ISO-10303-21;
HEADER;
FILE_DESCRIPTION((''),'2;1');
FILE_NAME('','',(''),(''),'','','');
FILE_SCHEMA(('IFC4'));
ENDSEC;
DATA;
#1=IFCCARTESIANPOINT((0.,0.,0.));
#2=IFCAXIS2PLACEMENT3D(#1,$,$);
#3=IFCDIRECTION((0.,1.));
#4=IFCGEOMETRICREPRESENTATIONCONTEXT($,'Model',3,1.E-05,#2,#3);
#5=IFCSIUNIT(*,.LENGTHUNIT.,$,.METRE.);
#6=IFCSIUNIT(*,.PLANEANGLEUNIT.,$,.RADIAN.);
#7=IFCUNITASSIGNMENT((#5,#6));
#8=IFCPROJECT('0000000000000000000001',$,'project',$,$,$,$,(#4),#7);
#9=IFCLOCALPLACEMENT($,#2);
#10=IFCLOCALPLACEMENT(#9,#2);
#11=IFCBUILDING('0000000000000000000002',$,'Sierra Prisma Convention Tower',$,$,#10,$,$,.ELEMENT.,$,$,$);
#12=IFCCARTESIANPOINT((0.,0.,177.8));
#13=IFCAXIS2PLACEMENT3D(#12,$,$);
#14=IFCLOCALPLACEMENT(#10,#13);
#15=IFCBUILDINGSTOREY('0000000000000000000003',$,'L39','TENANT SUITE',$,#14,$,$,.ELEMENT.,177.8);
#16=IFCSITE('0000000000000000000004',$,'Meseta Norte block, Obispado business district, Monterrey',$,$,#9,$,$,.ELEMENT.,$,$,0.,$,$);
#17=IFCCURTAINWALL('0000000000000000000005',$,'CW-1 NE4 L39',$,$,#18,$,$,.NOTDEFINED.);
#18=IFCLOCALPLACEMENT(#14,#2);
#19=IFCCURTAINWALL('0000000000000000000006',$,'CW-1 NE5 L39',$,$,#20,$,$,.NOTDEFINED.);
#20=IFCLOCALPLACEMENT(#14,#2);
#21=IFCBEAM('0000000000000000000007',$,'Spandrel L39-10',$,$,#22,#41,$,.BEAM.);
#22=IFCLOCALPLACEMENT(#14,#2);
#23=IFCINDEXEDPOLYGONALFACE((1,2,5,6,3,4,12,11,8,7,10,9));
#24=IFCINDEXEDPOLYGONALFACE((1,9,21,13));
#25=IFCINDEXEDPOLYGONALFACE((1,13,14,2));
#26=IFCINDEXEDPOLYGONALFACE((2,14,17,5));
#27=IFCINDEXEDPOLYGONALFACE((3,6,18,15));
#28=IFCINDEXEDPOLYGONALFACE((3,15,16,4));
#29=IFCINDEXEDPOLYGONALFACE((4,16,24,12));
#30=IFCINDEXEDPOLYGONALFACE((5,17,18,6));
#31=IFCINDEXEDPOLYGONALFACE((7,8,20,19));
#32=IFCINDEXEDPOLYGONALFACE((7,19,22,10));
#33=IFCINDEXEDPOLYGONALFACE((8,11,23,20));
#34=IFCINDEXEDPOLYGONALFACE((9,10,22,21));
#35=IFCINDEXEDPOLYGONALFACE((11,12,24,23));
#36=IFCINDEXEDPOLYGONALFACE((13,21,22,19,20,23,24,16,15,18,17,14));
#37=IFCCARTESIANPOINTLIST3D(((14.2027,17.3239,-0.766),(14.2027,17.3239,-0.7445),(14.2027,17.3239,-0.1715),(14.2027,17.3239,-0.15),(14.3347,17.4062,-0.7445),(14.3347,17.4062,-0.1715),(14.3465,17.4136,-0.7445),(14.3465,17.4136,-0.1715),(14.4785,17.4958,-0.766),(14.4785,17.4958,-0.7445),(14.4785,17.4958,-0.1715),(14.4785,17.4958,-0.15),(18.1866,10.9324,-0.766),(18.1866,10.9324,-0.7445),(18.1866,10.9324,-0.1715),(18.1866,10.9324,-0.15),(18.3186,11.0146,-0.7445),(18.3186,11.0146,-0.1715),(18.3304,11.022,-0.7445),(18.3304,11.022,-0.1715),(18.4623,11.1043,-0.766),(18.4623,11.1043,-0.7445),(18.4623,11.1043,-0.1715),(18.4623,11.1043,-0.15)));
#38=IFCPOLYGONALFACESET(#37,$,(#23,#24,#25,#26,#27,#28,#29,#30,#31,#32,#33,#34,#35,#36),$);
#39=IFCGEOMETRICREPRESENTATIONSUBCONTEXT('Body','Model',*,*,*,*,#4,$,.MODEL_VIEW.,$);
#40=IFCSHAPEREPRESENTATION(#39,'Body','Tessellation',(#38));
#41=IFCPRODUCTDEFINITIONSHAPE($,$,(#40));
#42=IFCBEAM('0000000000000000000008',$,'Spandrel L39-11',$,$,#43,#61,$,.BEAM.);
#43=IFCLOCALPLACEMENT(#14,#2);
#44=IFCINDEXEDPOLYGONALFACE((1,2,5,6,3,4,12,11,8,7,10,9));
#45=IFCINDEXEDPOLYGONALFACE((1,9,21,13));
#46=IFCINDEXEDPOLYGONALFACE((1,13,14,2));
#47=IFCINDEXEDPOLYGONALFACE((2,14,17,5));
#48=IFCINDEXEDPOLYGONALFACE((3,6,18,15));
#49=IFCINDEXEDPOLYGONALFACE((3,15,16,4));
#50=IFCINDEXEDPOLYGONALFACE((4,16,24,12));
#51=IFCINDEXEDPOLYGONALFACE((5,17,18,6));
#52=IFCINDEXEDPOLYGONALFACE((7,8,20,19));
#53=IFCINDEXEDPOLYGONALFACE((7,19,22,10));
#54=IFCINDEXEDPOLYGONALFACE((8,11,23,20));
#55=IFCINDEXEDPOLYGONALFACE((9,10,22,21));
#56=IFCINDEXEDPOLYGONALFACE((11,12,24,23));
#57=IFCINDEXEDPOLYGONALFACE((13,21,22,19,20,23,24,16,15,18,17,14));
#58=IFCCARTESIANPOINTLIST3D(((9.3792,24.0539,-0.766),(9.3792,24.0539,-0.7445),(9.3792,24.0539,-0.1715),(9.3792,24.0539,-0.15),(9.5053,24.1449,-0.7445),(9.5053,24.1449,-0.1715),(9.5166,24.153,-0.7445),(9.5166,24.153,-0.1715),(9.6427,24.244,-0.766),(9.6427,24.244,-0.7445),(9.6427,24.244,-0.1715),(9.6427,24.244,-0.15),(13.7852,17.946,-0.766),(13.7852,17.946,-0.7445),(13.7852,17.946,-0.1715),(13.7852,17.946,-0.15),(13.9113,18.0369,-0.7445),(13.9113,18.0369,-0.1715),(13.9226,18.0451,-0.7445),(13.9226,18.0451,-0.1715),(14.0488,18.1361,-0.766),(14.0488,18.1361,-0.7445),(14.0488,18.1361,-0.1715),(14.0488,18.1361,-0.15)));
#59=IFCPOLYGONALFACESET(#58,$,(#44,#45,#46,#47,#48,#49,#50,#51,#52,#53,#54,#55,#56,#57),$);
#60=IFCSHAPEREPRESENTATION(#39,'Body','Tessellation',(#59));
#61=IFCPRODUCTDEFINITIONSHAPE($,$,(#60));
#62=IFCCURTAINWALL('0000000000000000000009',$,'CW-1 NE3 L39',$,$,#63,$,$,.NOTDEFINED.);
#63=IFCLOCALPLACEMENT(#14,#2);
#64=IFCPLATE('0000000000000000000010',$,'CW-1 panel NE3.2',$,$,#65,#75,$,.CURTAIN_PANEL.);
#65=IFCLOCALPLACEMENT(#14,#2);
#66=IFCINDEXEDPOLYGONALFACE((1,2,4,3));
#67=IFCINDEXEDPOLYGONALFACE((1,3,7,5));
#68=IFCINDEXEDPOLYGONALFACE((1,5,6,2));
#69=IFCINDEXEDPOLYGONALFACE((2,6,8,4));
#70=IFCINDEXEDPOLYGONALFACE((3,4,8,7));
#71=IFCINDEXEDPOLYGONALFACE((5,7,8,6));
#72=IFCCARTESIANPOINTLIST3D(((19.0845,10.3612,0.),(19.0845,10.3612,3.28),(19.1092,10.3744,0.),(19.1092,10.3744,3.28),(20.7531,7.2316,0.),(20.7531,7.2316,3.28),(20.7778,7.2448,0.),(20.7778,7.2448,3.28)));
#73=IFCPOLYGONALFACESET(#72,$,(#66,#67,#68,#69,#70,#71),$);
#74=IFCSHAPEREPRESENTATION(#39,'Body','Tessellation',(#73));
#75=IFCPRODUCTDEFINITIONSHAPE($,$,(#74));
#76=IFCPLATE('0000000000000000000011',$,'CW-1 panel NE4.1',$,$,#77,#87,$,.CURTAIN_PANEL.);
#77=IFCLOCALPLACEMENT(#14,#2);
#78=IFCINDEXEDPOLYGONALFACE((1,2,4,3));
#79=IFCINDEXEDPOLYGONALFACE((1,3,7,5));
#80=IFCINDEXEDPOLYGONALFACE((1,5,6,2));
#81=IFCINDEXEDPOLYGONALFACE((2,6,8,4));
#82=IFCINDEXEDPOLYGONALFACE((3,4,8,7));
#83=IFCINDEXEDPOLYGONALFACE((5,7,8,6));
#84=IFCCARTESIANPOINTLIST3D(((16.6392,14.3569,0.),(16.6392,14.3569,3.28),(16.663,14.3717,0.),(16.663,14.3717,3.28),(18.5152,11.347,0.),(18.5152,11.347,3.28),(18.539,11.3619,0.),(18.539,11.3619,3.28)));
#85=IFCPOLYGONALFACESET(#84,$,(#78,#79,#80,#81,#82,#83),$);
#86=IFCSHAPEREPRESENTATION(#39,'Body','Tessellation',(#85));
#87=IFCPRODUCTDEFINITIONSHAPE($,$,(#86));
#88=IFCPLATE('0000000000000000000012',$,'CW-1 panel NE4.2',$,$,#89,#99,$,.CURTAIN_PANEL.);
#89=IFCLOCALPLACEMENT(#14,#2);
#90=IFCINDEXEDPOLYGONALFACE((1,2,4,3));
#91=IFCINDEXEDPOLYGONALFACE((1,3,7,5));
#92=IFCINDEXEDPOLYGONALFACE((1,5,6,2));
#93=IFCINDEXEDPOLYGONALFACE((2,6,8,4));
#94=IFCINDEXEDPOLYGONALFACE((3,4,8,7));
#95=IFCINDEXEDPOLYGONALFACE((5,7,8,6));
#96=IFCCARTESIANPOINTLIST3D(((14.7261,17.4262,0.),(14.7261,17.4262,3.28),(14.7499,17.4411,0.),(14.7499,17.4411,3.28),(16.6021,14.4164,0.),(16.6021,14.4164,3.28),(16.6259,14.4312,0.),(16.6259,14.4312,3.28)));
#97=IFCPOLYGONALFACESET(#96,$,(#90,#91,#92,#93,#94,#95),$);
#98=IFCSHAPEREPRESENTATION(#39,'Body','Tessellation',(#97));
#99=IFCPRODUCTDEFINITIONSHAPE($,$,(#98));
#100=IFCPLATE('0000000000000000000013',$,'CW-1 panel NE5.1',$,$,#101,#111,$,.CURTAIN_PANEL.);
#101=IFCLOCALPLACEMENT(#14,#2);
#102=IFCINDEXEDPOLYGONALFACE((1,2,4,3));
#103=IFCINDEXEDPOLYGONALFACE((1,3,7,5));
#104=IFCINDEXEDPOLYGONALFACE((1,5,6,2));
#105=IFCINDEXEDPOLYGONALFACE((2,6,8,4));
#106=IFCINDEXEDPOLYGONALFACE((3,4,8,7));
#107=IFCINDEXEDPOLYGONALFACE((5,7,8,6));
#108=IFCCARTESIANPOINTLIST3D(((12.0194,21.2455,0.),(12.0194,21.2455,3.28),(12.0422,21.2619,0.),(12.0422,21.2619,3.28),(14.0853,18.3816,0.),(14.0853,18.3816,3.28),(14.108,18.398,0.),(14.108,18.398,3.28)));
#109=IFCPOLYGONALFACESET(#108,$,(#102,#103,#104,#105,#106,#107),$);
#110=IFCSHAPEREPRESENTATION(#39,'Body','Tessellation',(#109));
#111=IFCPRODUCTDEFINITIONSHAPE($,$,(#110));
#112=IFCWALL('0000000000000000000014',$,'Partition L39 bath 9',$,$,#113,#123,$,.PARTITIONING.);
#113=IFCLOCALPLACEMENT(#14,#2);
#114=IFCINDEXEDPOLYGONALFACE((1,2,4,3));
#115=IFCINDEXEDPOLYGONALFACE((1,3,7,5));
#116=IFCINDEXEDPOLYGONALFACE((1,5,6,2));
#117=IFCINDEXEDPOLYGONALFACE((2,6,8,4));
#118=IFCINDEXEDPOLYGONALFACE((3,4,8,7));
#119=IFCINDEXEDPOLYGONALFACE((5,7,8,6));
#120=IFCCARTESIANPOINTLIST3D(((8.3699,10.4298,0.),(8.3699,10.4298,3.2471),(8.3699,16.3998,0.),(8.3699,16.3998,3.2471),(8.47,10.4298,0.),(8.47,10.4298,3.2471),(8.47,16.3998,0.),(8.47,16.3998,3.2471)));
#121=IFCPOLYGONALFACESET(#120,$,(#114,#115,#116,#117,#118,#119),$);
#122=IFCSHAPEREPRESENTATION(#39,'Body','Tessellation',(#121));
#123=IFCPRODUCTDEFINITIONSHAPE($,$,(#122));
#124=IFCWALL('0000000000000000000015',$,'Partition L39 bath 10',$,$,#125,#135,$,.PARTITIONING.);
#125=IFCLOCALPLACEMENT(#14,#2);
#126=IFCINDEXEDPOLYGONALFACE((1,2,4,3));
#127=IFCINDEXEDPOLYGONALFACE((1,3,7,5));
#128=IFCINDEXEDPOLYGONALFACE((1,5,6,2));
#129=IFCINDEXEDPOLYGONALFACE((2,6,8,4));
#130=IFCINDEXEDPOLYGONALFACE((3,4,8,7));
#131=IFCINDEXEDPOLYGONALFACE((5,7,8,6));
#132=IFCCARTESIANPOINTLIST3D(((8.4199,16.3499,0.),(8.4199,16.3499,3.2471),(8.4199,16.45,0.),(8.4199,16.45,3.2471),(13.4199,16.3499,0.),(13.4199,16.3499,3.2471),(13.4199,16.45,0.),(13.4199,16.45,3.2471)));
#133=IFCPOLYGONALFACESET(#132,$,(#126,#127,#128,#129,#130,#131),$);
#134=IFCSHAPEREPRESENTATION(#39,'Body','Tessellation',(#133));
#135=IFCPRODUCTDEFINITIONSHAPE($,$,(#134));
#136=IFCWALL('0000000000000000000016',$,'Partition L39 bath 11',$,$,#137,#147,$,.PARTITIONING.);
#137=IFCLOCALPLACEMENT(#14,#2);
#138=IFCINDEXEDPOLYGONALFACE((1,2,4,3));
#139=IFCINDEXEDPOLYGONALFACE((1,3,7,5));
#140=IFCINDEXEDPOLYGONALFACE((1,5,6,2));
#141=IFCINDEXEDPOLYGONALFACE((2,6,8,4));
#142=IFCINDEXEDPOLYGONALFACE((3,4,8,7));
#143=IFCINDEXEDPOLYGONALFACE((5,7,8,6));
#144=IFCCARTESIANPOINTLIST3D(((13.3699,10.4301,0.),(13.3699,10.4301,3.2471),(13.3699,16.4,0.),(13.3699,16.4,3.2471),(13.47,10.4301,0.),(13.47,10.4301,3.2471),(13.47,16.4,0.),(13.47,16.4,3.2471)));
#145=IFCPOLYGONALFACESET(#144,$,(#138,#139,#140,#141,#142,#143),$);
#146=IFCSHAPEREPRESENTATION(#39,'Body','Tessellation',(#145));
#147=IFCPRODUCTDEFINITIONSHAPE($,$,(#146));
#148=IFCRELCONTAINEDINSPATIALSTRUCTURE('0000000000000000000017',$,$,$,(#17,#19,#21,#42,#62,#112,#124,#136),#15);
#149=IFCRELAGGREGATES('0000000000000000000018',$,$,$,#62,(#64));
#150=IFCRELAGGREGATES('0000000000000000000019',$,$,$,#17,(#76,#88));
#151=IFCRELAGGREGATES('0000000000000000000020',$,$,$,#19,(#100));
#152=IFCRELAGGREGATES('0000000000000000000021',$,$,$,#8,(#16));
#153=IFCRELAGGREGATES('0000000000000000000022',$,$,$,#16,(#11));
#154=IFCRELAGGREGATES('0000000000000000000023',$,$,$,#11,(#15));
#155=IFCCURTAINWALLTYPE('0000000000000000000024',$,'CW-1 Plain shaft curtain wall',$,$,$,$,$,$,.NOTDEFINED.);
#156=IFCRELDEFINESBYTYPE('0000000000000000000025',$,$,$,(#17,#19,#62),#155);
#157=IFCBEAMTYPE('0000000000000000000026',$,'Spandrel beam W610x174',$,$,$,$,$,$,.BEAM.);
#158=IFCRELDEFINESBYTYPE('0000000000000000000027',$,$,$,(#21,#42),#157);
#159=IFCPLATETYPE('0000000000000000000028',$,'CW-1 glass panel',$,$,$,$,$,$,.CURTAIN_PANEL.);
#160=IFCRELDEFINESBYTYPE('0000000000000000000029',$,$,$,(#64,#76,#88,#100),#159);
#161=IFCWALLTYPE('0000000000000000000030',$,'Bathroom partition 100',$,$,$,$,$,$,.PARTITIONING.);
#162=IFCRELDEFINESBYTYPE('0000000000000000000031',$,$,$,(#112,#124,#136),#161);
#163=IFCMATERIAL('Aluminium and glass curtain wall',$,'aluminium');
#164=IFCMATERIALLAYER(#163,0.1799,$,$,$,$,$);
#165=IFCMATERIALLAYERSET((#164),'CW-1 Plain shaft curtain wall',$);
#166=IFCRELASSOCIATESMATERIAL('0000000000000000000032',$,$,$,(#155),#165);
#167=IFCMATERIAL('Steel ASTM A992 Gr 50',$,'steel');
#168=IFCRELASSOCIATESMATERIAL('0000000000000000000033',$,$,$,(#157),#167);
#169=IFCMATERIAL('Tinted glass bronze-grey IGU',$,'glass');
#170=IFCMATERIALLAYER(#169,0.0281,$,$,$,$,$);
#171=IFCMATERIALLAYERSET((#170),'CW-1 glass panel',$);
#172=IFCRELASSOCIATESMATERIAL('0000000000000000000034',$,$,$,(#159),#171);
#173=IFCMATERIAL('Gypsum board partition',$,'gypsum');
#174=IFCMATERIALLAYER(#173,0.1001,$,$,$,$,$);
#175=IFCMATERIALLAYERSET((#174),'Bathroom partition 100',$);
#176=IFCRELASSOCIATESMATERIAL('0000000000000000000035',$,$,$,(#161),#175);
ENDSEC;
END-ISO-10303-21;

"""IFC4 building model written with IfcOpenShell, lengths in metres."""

from ifc_helpers import new_model, si_unit, direction, frame, frame_2d, origin, origin_2d, place, context, subcontext, project, spatial, rectangle, i_section, extrude, material, layer, layer_set, material_profile, profile_set, type_object, element, aggregate, save


model = new_model("IFC4")

# Units and contexts
model_context = context("Model", 3, precision=1e-05, world=origin(), true_north=direction((0.0, 1.0)))
body_context = subcontext(model_context, "Body", "Model", "MODEL_VIEW")
ifc_project = project(units=[si_unit("LENGTHUNIT", "METRE"), si_unit("PLANEANGLEUNIT", "RADIAN")], contexts=[model_context])

# Site, building, storey
site_placement = place(None, origin())
site = spatial("IfcSite", under=ifc_project, at=site_placement, Name="Meseta Norte block, Obispado business district, Monterrey", CompositionType="ELEMENT", RefElevation=0.0)
building_placement = place(site_placement, origin())
building = spatial("IfcBuilding", under=site, at=building_placement, Name="Sierra Prisma Convention Tower", CompositionType="ELEMENT")
storey_placement = place(building_placement, frame((0.0, 0.0, 177.8)))
storey = spatial("IfcBuildingStorey", under=building, at=storey_placement, Name="L39", Description="TENANT SUITE", CompositionType="ELEMENT", Elevation=177.8)

# Curtain wall
ifc_material_1 = material(Name="Aluminium and glass curtain wall", Category="aluminium")
ifc_layer_1 = layer(ifc_material_1, 0.1799)
ifc_layer_set_1 = layer_set([ifc_layer_1], Name="CW-1 Plain shaft curtain wall")
curtain_wall_type = type_object("IfcCurtainWallType", Name="CW-1 Plain shaft curtain wall", PredefinedType="NOTDEFINED", material=ifc_layer_set_1)
curtain_wall_1_placement = place(storey_placement, origin())
curtain_wall_1 = element("IfcCurtainWall", 1, at=curtain_wall_1_placement, inside=storey, type_object=curtain_wall_type, Name="CW-1 NE4 L39", PredefinedType="NOTDEFINED")

# Curtain wall
curtain_wall_2_placement = place(storey_placement, origin())
curtain_wall_2 = element("IfcCurtainWall", 2, at=curtain_wall_2_placement, inside=storey, type_object=curtain_wall_type, Name="CW-1 NE5 L39", PredefinedType="NOTDEFINED")

# Beams
ifc_material_2 = material(Name="Steel ASTM A992 Gr 50", Category="steel")
ifc_material_profile_1 = material_profile(ifc_material_2, i_section(OverallWidth=0.325, OverallDepth=0.616, WebThickness=0.0139, FlangeThickness=0.0215, at=origin_2d()), Name="W610x174")
ifc_profile_set_1 = profile_set([ifc_material_profile_1], Name="Steel ASTM A992 Gr 50")
beam_type_1 = type_object("IfcBeamType", Name="Spandrel beam W610x174", PredefinedType="BEAM", material=ifc_profile_set_1)
beam_1_placement = place(storey_placement, frame((18.3245, 11.0183, -0.458), z_axis=(-0.528961, 0.848646, 0.0), x_axis=(-0.848646, -0.528961, 0.0)))
element("IfcBeam", 3, at=beam_1_placement, inside=storey, type_object=beam_type_1, Name="Spandrel L39-10", PredefinedType="BEAM", context=body_context, shape_type="SweptSolid", body=[
    extrude(i_section(OverallWidth=0.325, OverallDepth=0.616, WebThickness=0.0139, FlangeThickness=0.0215, at=origin_2d()), origin(), (0.0, 0.0, 1.0), 7.5315),
])
beam_2_placement = place(storey_placement, frame((13.917, 18.041, -0.458), z_axis=(-0.585031, 0.811011, 0.0), x_axis=(-0.811011, -0.585031, 0.0)))
element("IfcBeam", 4, at=beam_2_placement, inside=storey, type_object=beam_type_1, Name="Spandrel L39-11", PredefinedType="BEAM", context=body_context, shape_type="SweptSolid", body=[
    extrude(i_section(OverallWidth=0.325, OverallDepth=0.616, WebThickness=0.0139, FlangeThickness=0.0215, at=origin_2d()), origin(), (0.0, 0.0, 1.0), 7.5312),
])

# Curtain wall, plate
curtain_wall_3_placement = place(storey_placement, origin())
curtain_wall_3 = element("IfcCurtainWall", 5, at=curtain_wall_3_placement, inside=storey, type_object=curtain_wall_type, Name="CW-1 NE3 L39", PredefinedType="NOTDEFINED")
ifc_material_3 = material(Name="Tinted glass bronze-grey IGU", Category="glass")
ifc_layer_2 = layer(ifc_material_3, 0.0281)
ifc_layer_set_2 = layer_set([ifc_layer_2], Name="CW-1 glass panel")
plate_type = type_object("IfcPlateType", Name="CW-1 glass panel", PredefinedType="CURTAIN_PANEL", material=ifc_layer_set_2)
plate_1_placement = place(storey_placement, frame((19.9312, 8.803, 0.0), z_axis=(0.0, 0.0, 1.0), x_axis=(-0.470473, 0.882414, 0.0)))
plate_1 = element("IfcPlate", 6, at=plate_1_placement, type_object=plate_type, Name="CW-1 panel NE3.2", PredefinedType="CURTAIN_PANEL", context=body_context, shape_type="SweptSolid", body=[
    extrude(rectangle(XDim=3.5466, YDim=0.0281, at=origin_2d()), origin(), (0.0, 0.0, 1.0), 3.28),
])
aggregate(curtain_wall_3, [plate_1])

# Plates
plate_2_placement = place(storey_placement, frame((17.5891, 12.8594, 0.0), z_axis=(0.0, 0.0, 1.0), x_axis=(-0.528957, 0.848649, 0.0)))
plate_2 = element("IfcPlate", 7, at=plate_2_placement, type_object=plate_type, Name="CW-1 panel NE4.1", PredefinedType="CURTAIN_PANEL", context=body_context, shape_type="SweptSolid", body=[
    extrude(rectangle(XDim=3.5466, YDim=0.0281, at=origin_2d()), origin(), (0.0, 0.0, 1.0), 3.28),
])
plate_3_placement = place(storey_placement, frame((15.676, 15.9287, 0.0), z_axis=(0.0, 0.0, 1.0), x_axis=(-0.528957, 0.848649, 0.0)))
plate_3 = element("IfcPlate", 8, at=plate_3_placement, type_object=plate_type, Name="CW-1 panel NE4.2", PredefinedType="CURTAIN_PANEL", context=body_context, shape_type="SweptSolid", body=[
    extrude(rectangle(XDim=3.5466, YDim=0.0281, at=origin_2d()), origin(), (0.0, 0.0, 1.0), 3.28),
])
aggregate(curtain_wall_1, [plate_2, plate_3])
plate_4_placement = place(storey_placement, frame((13.0637, 19.8218, 0.0), z_axis=(0.0, 0.0, 1.0), x_axis=(-0.585029, 0.811012, 0.0)))
plate_4 = element("IfcPlate", 9, at=plate_4_placement, type_object=plate_type, Name="CW-1 panel NE5.1", PredefinedType="CURTAIN_PANEL", context=body_context, shape_type="SweptSolid", body=[
    extrude(rectangle(XDim=3.5312, YDim=0.0281, at=origin_2d()), origin(), (0.0, 0.0, 1.0), 3.28),
])
aggregate(curtain_wall_2, [plate_4])

# Walls
ifc_material_4 = material(Name="Gypsum board partition", Category="gypsum")
ifc_layer_3 = layer(ifc_material_4, 0.1001)
ifc_layer_set_3 = layer_set([ifc_layer_3], Name="Bathroom partition 100")
wall_type_1 = type_object("IfcWallType", Name="Bathroom partition 100", PredefinedType="PARTITIONING", material=ifc_layer_set_3)
wall_1_placement = place(storey_placement, frame((8.4199, 10.4299, 0.0), z_axis=(0.0, 0.0, 1.0), x_axis=(0.0, 1.0, 0.0)))
element("IfcWall", 10, at=wall_1_placement, inside=storey, type_object=wall_type_1, Name="Partition L39 bath 9", PredefinedType="PARTITIONING", context=body_context, shape_type="SweptSolid", body=[
    extrude(rectangle(XDim=5.97, YDim=0.1001, at=frame_2d((2.9849, 0.0))), origin(), (0.0, 0.0, 1.0), 3.2471),
])
wall_2_placement = place(storey_placement, frame((8.4199, 16.3999, 0.0), z_axis=(0.0, 0.0, 1.0), x_axis=(1.0, 0.0, 0.0)))
element("IfcWall", 11, at=wall_2_placement, inside=storey, type_object=wall_type_1, Name="Partition L39 bath 10", PredefinedType="PARTITIONING", context=body_context, shape_type="SweptSolid", body=[
    extrude(rectangle(XDim=5.0, YDim=0.1001, at=frame_2d((2.5, 0.0))), origin(), (0.0, 0.0, 1.0), 3.2471),
])
wall_3_placement = place(storey_placement, frame((13.4199, 16.3999, 0.0), z_axis=(0.0, 0.0, 1.0), x_axis=(0.0, -1.0, 0.0)))
element("IfcWall", 12, at=wall_3_placement, inside=storey, type_object=wall_type_1, Name="Partition L39 bath 11", PredefinedType="PARTITIONING", context=body_context, shape_type="SweptSolid", body=[
    extrude(rectangle(XDim=5.97, YDim=0.1001, at=frame_2d((2.9849, 0.0))), origin(), (0.0, 0.0, 1.0), 3.2471),
])

save(model, "model.ifc")
